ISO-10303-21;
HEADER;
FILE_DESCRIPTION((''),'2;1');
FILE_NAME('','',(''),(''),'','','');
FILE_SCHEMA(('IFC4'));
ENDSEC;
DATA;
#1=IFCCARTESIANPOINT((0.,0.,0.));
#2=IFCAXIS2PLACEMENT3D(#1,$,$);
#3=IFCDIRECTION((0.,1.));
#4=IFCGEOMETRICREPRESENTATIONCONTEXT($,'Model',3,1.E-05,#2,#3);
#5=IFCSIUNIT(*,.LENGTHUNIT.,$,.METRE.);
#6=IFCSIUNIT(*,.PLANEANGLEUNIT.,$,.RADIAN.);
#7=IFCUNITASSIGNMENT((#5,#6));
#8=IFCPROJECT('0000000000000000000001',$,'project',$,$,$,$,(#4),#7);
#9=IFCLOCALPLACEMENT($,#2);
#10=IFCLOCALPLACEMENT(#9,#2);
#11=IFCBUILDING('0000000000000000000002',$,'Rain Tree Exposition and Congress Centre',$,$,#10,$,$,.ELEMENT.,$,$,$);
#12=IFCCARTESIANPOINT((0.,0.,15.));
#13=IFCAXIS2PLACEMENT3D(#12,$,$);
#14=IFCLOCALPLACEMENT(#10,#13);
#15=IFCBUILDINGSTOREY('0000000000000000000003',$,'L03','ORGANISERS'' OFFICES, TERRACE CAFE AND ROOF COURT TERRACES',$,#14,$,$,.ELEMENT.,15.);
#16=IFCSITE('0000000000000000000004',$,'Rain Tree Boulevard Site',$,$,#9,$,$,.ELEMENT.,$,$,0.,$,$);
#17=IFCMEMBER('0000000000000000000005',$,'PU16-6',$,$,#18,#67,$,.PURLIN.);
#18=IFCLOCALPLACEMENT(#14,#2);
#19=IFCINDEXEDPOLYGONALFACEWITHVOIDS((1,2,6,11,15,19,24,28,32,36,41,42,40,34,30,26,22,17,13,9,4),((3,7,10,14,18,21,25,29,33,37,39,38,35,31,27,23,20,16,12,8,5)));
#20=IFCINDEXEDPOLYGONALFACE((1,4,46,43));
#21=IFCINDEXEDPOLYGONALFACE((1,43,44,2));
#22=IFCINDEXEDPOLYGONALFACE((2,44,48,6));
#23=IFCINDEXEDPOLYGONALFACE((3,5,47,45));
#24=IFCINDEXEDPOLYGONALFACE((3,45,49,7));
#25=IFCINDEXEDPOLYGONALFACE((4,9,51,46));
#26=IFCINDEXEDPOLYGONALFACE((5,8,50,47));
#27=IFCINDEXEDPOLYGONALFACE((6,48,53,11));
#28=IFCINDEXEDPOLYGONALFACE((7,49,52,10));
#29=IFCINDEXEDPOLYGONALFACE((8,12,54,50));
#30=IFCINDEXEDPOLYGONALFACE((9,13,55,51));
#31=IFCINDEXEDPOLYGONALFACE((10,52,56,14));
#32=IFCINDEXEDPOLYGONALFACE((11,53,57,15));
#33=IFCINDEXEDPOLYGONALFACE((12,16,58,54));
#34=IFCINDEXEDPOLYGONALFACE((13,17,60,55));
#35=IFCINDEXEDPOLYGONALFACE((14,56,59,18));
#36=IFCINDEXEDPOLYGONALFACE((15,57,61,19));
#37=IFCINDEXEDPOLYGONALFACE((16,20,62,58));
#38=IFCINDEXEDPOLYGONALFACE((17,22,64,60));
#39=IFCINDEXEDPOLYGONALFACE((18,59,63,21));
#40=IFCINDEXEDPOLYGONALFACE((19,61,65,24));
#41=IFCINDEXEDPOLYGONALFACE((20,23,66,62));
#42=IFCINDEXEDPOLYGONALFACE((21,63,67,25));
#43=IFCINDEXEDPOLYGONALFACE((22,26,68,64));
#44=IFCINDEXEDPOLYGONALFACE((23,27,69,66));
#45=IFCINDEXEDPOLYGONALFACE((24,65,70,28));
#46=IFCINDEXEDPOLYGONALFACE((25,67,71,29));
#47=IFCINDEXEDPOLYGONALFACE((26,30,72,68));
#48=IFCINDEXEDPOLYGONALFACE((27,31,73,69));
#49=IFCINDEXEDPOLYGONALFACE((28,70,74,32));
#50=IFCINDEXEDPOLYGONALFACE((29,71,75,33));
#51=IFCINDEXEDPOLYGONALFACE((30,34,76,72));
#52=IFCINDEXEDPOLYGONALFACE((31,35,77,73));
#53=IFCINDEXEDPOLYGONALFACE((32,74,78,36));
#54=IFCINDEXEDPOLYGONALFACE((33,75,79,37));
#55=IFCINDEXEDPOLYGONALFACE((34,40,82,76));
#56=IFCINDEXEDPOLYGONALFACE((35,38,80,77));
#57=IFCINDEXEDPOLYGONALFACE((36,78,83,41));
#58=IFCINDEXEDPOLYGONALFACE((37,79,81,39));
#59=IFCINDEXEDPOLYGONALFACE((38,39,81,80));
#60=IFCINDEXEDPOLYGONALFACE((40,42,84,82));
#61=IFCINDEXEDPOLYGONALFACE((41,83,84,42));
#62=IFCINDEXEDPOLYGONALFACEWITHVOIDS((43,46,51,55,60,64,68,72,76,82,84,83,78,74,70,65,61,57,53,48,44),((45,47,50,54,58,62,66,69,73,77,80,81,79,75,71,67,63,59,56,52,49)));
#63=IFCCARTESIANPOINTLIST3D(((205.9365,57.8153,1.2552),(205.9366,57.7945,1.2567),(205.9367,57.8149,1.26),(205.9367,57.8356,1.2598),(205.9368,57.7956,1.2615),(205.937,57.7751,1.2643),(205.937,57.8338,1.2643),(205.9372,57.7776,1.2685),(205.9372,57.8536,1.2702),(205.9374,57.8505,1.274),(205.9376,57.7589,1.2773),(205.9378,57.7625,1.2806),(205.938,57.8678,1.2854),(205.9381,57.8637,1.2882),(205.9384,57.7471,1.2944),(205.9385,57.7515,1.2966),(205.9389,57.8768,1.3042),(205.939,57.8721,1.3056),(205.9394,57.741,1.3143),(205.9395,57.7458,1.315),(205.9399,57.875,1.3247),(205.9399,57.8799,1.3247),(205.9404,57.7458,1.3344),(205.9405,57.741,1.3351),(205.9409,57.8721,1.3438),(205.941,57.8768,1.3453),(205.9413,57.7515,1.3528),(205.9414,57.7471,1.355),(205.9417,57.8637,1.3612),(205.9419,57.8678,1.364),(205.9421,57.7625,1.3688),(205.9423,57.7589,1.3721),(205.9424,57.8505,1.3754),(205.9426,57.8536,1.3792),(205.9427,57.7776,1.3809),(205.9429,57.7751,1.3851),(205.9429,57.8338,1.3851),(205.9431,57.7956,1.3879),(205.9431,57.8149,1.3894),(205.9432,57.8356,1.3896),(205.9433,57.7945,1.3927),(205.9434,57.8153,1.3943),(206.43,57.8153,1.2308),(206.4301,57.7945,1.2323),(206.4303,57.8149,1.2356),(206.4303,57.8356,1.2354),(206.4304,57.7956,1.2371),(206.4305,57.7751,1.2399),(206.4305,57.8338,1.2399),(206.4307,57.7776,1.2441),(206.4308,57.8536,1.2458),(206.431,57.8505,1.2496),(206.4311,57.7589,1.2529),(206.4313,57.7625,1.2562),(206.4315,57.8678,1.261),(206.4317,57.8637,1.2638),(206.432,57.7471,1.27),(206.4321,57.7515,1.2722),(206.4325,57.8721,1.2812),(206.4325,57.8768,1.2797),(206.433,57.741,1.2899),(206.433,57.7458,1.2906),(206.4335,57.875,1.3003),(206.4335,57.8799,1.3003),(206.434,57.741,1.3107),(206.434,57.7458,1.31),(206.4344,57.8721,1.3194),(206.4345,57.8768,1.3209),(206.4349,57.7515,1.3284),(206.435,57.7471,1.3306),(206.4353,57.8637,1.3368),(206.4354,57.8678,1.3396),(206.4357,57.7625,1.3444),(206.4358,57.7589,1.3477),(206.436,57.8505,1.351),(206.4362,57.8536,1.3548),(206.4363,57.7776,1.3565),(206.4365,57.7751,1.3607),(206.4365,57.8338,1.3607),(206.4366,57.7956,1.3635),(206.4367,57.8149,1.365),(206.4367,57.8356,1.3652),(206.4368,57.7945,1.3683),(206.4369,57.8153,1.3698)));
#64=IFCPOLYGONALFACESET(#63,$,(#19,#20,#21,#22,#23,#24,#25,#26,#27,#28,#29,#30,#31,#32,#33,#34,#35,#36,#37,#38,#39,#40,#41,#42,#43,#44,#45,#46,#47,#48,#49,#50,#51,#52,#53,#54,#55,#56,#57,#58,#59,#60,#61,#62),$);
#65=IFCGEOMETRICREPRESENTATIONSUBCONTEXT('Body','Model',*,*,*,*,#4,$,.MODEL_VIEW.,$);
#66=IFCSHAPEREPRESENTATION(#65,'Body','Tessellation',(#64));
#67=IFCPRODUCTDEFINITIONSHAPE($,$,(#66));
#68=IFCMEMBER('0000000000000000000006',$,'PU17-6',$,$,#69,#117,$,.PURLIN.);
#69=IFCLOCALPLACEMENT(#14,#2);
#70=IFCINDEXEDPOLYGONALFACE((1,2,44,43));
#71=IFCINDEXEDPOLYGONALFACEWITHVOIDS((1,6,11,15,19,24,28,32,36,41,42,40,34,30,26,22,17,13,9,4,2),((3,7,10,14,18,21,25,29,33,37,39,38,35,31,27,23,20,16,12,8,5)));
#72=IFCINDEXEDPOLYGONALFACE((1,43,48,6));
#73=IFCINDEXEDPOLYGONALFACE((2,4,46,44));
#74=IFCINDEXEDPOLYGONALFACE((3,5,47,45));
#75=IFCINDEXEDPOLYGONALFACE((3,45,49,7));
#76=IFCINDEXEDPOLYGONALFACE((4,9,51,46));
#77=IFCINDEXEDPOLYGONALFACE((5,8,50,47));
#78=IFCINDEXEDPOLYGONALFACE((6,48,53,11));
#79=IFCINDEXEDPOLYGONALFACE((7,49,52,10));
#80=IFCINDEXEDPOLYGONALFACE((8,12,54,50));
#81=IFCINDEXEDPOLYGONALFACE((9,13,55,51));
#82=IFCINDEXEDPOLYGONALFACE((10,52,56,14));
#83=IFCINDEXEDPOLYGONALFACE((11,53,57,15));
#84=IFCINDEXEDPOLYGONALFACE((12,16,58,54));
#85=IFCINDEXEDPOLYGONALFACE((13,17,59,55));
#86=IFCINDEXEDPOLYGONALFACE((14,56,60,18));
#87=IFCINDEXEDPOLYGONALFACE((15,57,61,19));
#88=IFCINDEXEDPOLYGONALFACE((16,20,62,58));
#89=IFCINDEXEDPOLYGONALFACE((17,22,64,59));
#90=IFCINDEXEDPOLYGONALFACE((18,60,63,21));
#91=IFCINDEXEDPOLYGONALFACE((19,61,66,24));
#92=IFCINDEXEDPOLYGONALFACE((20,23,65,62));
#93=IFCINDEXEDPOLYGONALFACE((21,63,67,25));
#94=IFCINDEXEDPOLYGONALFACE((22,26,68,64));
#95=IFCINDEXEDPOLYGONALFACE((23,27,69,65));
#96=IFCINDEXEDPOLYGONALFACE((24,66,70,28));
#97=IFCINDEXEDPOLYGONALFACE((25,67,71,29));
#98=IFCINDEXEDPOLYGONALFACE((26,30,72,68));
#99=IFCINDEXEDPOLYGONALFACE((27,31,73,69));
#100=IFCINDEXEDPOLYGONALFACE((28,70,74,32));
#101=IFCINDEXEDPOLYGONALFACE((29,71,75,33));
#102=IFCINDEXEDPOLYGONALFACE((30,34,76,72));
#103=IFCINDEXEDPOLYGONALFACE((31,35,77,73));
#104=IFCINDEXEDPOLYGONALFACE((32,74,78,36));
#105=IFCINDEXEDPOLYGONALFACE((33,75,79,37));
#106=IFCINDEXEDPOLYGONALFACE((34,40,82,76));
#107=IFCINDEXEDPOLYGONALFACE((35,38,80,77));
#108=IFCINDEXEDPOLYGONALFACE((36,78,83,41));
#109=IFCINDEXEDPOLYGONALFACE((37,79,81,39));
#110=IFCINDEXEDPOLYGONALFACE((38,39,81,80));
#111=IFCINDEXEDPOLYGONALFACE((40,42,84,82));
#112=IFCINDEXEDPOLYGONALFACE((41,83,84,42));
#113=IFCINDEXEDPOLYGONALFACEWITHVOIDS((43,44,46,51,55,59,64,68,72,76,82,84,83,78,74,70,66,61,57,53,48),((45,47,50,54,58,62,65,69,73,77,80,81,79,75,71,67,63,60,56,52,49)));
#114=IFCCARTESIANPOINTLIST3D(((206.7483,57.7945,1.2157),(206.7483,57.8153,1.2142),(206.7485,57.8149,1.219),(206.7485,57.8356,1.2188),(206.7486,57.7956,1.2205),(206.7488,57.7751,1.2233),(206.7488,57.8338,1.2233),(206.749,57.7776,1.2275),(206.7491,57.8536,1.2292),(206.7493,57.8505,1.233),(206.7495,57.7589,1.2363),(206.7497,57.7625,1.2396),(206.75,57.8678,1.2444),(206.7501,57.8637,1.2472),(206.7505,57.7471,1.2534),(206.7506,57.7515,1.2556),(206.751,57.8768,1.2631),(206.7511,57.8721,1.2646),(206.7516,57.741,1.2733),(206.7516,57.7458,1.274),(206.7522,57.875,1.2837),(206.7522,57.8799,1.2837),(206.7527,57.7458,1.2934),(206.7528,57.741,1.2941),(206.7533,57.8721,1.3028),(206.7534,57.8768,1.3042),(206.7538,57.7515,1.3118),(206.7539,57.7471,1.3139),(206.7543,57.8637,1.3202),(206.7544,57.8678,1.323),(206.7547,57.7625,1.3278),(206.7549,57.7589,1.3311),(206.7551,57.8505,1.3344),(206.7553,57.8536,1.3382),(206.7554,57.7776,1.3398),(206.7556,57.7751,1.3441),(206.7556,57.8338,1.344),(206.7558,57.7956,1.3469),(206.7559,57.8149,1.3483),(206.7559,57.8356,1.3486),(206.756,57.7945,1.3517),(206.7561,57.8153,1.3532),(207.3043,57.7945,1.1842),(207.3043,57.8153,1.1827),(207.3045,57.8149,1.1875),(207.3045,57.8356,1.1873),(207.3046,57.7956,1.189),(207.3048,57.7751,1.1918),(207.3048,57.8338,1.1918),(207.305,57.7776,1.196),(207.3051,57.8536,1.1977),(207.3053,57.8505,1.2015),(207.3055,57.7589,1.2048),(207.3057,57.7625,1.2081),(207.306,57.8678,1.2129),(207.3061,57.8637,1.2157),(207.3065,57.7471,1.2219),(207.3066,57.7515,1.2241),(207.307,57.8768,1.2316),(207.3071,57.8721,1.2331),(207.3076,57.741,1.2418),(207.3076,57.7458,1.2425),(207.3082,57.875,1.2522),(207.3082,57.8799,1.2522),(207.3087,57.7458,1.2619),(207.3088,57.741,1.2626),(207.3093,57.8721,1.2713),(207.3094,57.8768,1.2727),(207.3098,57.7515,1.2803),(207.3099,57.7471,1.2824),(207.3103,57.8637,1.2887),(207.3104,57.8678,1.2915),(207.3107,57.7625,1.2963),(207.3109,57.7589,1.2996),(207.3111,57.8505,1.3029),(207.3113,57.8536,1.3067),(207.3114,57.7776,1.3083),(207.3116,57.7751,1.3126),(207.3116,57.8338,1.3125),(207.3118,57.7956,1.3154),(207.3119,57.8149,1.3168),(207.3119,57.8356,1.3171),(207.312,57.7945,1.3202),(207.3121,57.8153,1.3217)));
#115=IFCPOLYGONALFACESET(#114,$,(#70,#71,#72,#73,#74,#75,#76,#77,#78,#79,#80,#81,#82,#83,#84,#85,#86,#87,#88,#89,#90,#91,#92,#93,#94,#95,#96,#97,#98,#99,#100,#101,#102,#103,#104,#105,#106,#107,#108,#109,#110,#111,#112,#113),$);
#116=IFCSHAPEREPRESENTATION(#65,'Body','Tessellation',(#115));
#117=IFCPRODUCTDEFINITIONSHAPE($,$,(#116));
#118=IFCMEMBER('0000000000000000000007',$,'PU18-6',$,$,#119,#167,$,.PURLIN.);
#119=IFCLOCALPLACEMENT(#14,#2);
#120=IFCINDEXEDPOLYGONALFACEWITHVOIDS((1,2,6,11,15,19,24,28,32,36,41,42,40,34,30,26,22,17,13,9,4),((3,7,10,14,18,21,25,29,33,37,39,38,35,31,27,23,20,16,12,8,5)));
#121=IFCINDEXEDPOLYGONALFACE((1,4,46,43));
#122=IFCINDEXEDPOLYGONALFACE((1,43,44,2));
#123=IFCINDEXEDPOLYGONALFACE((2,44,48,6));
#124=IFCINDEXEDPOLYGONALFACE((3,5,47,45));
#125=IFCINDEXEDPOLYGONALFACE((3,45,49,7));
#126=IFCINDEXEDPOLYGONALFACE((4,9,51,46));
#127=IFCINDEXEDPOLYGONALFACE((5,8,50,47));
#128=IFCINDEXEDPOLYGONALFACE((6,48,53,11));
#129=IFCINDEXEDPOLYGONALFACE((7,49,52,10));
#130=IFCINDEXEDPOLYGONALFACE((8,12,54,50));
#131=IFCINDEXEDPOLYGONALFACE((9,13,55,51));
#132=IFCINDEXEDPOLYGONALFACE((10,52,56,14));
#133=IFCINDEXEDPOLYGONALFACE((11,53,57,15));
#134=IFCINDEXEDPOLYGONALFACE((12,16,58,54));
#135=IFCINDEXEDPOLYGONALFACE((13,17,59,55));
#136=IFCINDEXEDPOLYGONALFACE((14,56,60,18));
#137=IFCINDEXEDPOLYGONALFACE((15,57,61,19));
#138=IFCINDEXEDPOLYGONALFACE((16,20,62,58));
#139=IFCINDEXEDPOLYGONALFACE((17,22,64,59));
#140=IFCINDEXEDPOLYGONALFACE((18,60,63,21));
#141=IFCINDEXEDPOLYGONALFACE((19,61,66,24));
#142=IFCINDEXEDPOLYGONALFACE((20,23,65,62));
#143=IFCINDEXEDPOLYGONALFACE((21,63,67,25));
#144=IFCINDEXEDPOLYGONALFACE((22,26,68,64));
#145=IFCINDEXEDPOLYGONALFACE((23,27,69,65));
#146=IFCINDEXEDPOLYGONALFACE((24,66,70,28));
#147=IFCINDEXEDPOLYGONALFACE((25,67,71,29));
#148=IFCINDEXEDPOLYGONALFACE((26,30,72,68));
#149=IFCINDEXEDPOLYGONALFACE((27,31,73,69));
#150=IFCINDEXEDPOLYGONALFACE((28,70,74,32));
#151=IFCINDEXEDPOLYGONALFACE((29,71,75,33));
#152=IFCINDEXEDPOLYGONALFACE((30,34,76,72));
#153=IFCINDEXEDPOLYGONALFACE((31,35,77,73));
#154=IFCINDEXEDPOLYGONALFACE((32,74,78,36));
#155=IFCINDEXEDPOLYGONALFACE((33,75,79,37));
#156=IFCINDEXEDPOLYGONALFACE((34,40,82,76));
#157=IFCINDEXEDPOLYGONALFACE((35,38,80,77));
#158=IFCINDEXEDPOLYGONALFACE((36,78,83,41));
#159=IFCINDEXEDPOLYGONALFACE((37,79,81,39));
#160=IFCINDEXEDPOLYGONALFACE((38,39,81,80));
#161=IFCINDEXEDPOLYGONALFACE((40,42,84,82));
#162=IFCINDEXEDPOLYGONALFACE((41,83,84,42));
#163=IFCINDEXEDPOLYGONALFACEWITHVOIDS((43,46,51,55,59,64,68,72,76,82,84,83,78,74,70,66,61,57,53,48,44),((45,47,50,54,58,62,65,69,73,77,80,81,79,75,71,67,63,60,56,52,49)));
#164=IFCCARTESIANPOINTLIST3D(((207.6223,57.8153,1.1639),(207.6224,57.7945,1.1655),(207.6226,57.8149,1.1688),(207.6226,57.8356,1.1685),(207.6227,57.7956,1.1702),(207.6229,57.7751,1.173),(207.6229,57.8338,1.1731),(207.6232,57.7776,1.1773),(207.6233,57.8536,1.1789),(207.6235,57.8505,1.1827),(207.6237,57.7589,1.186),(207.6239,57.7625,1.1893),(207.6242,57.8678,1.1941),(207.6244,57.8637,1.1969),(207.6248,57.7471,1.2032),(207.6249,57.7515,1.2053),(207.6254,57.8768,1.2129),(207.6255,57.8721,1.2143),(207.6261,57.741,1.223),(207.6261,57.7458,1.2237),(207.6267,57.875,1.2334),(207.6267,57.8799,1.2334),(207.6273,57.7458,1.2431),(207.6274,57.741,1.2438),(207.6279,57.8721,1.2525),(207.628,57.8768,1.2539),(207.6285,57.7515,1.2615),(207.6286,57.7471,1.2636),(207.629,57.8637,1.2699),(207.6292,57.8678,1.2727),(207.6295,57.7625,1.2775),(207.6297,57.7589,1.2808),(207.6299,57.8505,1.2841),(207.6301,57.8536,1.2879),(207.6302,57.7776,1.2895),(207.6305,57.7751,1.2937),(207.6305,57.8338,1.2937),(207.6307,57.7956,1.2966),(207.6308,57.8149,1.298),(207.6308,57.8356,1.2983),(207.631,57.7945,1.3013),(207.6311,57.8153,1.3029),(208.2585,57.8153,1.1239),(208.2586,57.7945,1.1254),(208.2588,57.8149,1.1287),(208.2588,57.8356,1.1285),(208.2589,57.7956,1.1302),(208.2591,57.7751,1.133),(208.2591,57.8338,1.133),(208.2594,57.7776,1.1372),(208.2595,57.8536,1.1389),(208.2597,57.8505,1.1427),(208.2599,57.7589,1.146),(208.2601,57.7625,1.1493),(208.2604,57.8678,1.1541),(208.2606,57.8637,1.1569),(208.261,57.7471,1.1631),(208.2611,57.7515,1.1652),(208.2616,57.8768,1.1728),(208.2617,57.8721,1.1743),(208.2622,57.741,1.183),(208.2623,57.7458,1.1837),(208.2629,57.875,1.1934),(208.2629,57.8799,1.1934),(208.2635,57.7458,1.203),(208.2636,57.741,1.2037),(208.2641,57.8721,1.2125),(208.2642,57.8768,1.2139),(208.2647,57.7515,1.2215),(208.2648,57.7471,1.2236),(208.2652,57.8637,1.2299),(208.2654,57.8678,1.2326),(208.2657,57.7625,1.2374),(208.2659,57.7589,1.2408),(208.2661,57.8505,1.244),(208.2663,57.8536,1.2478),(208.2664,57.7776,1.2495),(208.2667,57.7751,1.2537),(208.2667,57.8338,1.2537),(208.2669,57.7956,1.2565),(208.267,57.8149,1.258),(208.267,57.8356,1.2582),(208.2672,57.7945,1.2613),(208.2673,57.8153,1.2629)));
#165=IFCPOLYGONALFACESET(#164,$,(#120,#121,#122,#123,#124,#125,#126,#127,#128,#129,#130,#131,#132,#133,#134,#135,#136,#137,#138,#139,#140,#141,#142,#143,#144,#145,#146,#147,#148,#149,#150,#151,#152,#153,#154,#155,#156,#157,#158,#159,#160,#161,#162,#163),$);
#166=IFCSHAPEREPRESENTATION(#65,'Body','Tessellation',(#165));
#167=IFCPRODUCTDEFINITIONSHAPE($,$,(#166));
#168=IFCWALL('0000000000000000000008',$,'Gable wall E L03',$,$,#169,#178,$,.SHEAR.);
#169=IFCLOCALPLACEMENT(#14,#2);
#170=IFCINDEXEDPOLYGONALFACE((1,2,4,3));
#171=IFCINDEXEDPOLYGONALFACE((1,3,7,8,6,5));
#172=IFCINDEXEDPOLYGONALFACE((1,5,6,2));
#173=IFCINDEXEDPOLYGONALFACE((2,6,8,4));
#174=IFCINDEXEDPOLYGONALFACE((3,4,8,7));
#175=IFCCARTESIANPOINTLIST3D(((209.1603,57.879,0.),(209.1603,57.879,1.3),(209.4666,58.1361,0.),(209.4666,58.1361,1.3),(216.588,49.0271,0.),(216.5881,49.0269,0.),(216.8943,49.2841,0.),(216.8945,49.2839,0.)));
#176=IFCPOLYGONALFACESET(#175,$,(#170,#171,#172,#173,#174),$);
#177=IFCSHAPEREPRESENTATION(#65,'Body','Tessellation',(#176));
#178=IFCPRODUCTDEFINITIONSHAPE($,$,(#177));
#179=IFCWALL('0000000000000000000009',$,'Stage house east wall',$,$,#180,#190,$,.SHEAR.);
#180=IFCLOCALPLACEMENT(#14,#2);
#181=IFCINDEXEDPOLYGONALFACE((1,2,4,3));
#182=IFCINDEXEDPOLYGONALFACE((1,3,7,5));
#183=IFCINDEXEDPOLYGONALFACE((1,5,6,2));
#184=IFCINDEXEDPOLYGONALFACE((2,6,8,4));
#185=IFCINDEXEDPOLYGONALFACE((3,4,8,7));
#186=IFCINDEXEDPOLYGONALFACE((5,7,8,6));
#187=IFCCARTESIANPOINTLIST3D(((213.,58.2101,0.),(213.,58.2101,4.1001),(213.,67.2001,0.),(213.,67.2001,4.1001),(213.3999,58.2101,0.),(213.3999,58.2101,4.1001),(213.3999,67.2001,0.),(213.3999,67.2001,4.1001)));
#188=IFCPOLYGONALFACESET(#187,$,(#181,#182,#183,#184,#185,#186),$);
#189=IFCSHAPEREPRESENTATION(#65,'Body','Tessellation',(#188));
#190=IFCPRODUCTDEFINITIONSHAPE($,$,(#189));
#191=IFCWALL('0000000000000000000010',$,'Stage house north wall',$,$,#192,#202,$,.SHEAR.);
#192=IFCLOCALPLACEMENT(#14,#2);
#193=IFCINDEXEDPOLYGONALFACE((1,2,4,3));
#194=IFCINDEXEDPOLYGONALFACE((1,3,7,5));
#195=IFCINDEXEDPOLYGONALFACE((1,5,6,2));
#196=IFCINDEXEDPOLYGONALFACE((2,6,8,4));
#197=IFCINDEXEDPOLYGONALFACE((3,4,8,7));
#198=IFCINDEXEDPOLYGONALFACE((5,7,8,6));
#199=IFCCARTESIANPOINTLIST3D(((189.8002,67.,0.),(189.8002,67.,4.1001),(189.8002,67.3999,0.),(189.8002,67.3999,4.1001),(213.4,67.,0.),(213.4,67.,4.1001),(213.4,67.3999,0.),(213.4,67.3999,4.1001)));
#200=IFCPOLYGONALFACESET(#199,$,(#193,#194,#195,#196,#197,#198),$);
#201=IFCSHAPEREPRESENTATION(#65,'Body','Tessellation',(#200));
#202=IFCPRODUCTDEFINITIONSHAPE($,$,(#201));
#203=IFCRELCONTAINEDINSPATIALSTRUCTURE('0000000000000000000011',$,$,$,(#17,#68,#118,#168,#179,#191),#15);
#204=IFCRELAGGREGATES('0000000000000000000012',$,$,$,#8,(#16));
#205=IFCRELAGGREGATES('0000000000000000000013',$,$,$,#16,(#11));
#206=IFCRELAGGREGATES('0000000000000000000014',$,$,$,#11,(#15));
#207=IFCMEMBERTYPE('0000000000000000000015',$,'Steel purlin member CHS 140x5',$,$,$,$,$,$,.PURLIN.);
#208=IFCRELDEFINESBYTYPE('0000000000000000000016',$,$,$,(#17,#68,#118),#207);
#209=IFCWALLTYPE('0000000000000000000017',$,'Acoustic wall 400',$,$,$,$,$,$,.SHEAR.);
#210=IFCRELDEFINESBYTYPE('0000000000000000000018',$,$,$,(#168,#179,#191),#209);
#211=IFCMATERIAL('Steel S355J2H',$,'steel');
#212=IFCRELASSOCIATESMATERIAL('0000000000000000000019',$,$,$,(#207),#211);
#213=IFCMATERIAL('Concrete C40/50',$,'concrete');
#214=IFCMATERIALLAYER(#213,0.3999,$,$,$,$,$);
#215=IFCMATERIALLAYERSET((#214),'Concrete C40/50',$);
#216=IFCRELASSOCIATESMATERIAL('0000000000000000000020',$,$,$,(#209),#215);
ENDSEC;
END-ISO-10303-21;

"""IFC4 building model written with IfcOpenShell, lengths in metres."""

from ifc_helpers import new_model, si_unit, direction, frame, frame_2d, origin, origin_2d, place, context, subcontext, project, spatial, polyline, rectangle, hollow_circle, outline, extrude, material, layer, layer_set, material_profile, profile_set, type_object, element, save


model = new_model("IFC4")

# Units and contexts
model_context = context("Model", 3, precision=1e-05, world=origin(), true_north=direction((0.0, 1.0)))
body_context = subcontext(model_context, "Body", "Model", "MODEL_VIEW")
ifc_project = project(units=[si_unit("LENGTHUNIT", "METRE"), si_unit("PLANEANGLEUNIT", "RADIAN")], contexts=[model_context])

# Site, building, storey
site_placement = place(None, origin())
site = spatial("IfcSite", under=ifc_project, at=site_placement, Name="Rain Tree Boulevard Site", CompositionType="ELEMENT", RefElevation=0.0)
building_placement = place(site_placement, origin())
building = spatial("IfcBuilding", under=site, at=building_placement, Name="Rain Tree Exposition and Congress Centre", CompositionType="ELEMENT")
storey_placement = place(building_placement, frame((0.0, 0.0, 15.0)))
storey = spatial("IfcBuildingStorey", under=building, at=storey_placement, Name="L03", Description="ORGANISERS' OFFICES, TERRACE CAFE AND ROOF COURT TERRACES", CompositionType="ELEMENT", Elevation=15.0)

# Members
ifc_material_1 = material(Name="Steel S355J2H", Category="steel")
ifc_material_profile = material_profile(ifc_material_1, hollow_circle(Radius=0.0698, WallThickness=0.0049, at=origin_2d()), Name="CHS 140x5")
ifc_profile_set = profile_set([ifc_material_profile], Name="Steel S355J2H")
member_type = type_object("IfcMemberType", Name="Steel purlin member CHS 140x5", PredefinedType="PURLIN", material=ifc_profile_set)
member_1_placement = place(storey_placement, frame((205.9399, 57.8101, 1.3247), z_axis=(0.998779, 0.0, -0.049396), x_axis=(0.0, 1.0, 0.0)))
element("IfcMember", 1, at=member_1_placement, inside=storey, type_object=member_type, Name="PU16-6", PredefinedType="PURLIN", context=body_context, shape_type="SweptSolid", body=[
    extrude(hollow_circle(Radius=0.0698, WallThickness=0.0049, at=origin_2d()), origin(), (0.0, 0.0, 1.0), 0.4941),
])
member_2_placement = place(storey_placement, frame((206.7522, 57.8101, 1.2837), z_axis=(0.998399, 0.0, -0.056563), x_axis=(0.0, 1.0, 0.0)))
element("IfcMember", 2, at=member_2_placement, inside=storey, type_object=member_type, Name="PU17-6", PredefinedType="PURLIN", context=body_context, shape_type="SweptSolid", body=[
    extrude(hollow_circle(Radius=0.0698, WallThickness=0.0049, at=origin_2d()), origin(), (0.0, 0.0, 1.0), 0.5569),
])
member_3_placement = place(storey_placement, frame((207.6267, 57.8101, 1.2334), z_axis=(0.998026, 0.0, -0.062807), x_axis=(0.0, 1.0, 0.0)))
element("IfcMember", 3, at=member_3_placement, inside=storey, type_object=member_type, Name="PU18-6", PredefinedType="PURLIN", context=body_context, shape_type="SweptSolid", body=[
    extrude(hollow_circle(Radius=0.0698, WallThickness=0.0049, at=origin_2d()), origin(), (0.0, 0.0, 1.0), 0.6375),
])

# Walls
ifc_material_2 = material(Name="Concrete C40/50", Category="concrete")
ifc_layer_1 = layer(ifc_material_2, 0.3999)
ifc_layer_set_1 = layer_set([ifc_layer_1], Name="Concrete C40/50")
wall_type = type_object("IfcWallType", Name="Acoustic wall 400", PredefinedType="SHEAR", material=ifc_layer_set_1)
wall_1_placement = place(storey_placement, frame((209.3135, 58.0076, 0.0), z_axis=(0.0, 0.0, 1.0), x_axis=(0.642787, -0.766045, 0.0)))
element("IfcWall", 4, at=wall_1_placement, inside=storey, type_object=wall_type, Name="Gable wall E L03", PredefinedType="SHEAR", context=body_context, shape_type="SweptSolid", body=[
    extrude(outline(polyline([(0.0, 0.0), (11.5554, 0.0), (11.5557, 0.0), (0.0, 1.3), (0.0, 0.0)])), frame((0.0, 0.2, 0.0), z_axis=(0.0, -1.0, 0.0), x_axis=(1.0, 0.0, 0.0)), (0.0, 0.0, 1.0), 0.3999),
])
wall_2_placement = place(storey_placement, frame((213.2, 58.21, 0.0), z_axis=(0.0, 0.0, 1.0), x_axis=(0.0, 1.0, 0.0)))
element("IfcWall", 5, at=wall_2_placement, inside=storey, type_object=wall_type, Name="Stage house east wall", PredefinedType="SHEAR", context=body_context, shape_type="SweptSolid", body=[
    extrude(rectangle(XDim=8.99, YDim=0.3999, at=frame_2d((4.4951, 0.0))), origin(), (0.0, 0.0, 1.0), 4.1001),
])
wall_3_placement = place(storey_placement, frame((213.3999, 67.2, 0.0), z_axis=(0.0, 0.0, 1.0), x_axis=(-1.0, 0.0, 0.0)))
element("IfcWall", 6, at=wall_3_placement, inside=storey, type_object=wall_type, Name="Stage house north wall", PredefinedType="SHEAR", context=body_context, shape_type="SweptSolid", body=[
    extrude(rectangle(XDim=23.5999, YDim=0.3999, at=frame_2d((11.7998, 0.0))), origin(), (0.0, 0.0, 1.0), 4.1001),
])

save(model, "model.ifc")
